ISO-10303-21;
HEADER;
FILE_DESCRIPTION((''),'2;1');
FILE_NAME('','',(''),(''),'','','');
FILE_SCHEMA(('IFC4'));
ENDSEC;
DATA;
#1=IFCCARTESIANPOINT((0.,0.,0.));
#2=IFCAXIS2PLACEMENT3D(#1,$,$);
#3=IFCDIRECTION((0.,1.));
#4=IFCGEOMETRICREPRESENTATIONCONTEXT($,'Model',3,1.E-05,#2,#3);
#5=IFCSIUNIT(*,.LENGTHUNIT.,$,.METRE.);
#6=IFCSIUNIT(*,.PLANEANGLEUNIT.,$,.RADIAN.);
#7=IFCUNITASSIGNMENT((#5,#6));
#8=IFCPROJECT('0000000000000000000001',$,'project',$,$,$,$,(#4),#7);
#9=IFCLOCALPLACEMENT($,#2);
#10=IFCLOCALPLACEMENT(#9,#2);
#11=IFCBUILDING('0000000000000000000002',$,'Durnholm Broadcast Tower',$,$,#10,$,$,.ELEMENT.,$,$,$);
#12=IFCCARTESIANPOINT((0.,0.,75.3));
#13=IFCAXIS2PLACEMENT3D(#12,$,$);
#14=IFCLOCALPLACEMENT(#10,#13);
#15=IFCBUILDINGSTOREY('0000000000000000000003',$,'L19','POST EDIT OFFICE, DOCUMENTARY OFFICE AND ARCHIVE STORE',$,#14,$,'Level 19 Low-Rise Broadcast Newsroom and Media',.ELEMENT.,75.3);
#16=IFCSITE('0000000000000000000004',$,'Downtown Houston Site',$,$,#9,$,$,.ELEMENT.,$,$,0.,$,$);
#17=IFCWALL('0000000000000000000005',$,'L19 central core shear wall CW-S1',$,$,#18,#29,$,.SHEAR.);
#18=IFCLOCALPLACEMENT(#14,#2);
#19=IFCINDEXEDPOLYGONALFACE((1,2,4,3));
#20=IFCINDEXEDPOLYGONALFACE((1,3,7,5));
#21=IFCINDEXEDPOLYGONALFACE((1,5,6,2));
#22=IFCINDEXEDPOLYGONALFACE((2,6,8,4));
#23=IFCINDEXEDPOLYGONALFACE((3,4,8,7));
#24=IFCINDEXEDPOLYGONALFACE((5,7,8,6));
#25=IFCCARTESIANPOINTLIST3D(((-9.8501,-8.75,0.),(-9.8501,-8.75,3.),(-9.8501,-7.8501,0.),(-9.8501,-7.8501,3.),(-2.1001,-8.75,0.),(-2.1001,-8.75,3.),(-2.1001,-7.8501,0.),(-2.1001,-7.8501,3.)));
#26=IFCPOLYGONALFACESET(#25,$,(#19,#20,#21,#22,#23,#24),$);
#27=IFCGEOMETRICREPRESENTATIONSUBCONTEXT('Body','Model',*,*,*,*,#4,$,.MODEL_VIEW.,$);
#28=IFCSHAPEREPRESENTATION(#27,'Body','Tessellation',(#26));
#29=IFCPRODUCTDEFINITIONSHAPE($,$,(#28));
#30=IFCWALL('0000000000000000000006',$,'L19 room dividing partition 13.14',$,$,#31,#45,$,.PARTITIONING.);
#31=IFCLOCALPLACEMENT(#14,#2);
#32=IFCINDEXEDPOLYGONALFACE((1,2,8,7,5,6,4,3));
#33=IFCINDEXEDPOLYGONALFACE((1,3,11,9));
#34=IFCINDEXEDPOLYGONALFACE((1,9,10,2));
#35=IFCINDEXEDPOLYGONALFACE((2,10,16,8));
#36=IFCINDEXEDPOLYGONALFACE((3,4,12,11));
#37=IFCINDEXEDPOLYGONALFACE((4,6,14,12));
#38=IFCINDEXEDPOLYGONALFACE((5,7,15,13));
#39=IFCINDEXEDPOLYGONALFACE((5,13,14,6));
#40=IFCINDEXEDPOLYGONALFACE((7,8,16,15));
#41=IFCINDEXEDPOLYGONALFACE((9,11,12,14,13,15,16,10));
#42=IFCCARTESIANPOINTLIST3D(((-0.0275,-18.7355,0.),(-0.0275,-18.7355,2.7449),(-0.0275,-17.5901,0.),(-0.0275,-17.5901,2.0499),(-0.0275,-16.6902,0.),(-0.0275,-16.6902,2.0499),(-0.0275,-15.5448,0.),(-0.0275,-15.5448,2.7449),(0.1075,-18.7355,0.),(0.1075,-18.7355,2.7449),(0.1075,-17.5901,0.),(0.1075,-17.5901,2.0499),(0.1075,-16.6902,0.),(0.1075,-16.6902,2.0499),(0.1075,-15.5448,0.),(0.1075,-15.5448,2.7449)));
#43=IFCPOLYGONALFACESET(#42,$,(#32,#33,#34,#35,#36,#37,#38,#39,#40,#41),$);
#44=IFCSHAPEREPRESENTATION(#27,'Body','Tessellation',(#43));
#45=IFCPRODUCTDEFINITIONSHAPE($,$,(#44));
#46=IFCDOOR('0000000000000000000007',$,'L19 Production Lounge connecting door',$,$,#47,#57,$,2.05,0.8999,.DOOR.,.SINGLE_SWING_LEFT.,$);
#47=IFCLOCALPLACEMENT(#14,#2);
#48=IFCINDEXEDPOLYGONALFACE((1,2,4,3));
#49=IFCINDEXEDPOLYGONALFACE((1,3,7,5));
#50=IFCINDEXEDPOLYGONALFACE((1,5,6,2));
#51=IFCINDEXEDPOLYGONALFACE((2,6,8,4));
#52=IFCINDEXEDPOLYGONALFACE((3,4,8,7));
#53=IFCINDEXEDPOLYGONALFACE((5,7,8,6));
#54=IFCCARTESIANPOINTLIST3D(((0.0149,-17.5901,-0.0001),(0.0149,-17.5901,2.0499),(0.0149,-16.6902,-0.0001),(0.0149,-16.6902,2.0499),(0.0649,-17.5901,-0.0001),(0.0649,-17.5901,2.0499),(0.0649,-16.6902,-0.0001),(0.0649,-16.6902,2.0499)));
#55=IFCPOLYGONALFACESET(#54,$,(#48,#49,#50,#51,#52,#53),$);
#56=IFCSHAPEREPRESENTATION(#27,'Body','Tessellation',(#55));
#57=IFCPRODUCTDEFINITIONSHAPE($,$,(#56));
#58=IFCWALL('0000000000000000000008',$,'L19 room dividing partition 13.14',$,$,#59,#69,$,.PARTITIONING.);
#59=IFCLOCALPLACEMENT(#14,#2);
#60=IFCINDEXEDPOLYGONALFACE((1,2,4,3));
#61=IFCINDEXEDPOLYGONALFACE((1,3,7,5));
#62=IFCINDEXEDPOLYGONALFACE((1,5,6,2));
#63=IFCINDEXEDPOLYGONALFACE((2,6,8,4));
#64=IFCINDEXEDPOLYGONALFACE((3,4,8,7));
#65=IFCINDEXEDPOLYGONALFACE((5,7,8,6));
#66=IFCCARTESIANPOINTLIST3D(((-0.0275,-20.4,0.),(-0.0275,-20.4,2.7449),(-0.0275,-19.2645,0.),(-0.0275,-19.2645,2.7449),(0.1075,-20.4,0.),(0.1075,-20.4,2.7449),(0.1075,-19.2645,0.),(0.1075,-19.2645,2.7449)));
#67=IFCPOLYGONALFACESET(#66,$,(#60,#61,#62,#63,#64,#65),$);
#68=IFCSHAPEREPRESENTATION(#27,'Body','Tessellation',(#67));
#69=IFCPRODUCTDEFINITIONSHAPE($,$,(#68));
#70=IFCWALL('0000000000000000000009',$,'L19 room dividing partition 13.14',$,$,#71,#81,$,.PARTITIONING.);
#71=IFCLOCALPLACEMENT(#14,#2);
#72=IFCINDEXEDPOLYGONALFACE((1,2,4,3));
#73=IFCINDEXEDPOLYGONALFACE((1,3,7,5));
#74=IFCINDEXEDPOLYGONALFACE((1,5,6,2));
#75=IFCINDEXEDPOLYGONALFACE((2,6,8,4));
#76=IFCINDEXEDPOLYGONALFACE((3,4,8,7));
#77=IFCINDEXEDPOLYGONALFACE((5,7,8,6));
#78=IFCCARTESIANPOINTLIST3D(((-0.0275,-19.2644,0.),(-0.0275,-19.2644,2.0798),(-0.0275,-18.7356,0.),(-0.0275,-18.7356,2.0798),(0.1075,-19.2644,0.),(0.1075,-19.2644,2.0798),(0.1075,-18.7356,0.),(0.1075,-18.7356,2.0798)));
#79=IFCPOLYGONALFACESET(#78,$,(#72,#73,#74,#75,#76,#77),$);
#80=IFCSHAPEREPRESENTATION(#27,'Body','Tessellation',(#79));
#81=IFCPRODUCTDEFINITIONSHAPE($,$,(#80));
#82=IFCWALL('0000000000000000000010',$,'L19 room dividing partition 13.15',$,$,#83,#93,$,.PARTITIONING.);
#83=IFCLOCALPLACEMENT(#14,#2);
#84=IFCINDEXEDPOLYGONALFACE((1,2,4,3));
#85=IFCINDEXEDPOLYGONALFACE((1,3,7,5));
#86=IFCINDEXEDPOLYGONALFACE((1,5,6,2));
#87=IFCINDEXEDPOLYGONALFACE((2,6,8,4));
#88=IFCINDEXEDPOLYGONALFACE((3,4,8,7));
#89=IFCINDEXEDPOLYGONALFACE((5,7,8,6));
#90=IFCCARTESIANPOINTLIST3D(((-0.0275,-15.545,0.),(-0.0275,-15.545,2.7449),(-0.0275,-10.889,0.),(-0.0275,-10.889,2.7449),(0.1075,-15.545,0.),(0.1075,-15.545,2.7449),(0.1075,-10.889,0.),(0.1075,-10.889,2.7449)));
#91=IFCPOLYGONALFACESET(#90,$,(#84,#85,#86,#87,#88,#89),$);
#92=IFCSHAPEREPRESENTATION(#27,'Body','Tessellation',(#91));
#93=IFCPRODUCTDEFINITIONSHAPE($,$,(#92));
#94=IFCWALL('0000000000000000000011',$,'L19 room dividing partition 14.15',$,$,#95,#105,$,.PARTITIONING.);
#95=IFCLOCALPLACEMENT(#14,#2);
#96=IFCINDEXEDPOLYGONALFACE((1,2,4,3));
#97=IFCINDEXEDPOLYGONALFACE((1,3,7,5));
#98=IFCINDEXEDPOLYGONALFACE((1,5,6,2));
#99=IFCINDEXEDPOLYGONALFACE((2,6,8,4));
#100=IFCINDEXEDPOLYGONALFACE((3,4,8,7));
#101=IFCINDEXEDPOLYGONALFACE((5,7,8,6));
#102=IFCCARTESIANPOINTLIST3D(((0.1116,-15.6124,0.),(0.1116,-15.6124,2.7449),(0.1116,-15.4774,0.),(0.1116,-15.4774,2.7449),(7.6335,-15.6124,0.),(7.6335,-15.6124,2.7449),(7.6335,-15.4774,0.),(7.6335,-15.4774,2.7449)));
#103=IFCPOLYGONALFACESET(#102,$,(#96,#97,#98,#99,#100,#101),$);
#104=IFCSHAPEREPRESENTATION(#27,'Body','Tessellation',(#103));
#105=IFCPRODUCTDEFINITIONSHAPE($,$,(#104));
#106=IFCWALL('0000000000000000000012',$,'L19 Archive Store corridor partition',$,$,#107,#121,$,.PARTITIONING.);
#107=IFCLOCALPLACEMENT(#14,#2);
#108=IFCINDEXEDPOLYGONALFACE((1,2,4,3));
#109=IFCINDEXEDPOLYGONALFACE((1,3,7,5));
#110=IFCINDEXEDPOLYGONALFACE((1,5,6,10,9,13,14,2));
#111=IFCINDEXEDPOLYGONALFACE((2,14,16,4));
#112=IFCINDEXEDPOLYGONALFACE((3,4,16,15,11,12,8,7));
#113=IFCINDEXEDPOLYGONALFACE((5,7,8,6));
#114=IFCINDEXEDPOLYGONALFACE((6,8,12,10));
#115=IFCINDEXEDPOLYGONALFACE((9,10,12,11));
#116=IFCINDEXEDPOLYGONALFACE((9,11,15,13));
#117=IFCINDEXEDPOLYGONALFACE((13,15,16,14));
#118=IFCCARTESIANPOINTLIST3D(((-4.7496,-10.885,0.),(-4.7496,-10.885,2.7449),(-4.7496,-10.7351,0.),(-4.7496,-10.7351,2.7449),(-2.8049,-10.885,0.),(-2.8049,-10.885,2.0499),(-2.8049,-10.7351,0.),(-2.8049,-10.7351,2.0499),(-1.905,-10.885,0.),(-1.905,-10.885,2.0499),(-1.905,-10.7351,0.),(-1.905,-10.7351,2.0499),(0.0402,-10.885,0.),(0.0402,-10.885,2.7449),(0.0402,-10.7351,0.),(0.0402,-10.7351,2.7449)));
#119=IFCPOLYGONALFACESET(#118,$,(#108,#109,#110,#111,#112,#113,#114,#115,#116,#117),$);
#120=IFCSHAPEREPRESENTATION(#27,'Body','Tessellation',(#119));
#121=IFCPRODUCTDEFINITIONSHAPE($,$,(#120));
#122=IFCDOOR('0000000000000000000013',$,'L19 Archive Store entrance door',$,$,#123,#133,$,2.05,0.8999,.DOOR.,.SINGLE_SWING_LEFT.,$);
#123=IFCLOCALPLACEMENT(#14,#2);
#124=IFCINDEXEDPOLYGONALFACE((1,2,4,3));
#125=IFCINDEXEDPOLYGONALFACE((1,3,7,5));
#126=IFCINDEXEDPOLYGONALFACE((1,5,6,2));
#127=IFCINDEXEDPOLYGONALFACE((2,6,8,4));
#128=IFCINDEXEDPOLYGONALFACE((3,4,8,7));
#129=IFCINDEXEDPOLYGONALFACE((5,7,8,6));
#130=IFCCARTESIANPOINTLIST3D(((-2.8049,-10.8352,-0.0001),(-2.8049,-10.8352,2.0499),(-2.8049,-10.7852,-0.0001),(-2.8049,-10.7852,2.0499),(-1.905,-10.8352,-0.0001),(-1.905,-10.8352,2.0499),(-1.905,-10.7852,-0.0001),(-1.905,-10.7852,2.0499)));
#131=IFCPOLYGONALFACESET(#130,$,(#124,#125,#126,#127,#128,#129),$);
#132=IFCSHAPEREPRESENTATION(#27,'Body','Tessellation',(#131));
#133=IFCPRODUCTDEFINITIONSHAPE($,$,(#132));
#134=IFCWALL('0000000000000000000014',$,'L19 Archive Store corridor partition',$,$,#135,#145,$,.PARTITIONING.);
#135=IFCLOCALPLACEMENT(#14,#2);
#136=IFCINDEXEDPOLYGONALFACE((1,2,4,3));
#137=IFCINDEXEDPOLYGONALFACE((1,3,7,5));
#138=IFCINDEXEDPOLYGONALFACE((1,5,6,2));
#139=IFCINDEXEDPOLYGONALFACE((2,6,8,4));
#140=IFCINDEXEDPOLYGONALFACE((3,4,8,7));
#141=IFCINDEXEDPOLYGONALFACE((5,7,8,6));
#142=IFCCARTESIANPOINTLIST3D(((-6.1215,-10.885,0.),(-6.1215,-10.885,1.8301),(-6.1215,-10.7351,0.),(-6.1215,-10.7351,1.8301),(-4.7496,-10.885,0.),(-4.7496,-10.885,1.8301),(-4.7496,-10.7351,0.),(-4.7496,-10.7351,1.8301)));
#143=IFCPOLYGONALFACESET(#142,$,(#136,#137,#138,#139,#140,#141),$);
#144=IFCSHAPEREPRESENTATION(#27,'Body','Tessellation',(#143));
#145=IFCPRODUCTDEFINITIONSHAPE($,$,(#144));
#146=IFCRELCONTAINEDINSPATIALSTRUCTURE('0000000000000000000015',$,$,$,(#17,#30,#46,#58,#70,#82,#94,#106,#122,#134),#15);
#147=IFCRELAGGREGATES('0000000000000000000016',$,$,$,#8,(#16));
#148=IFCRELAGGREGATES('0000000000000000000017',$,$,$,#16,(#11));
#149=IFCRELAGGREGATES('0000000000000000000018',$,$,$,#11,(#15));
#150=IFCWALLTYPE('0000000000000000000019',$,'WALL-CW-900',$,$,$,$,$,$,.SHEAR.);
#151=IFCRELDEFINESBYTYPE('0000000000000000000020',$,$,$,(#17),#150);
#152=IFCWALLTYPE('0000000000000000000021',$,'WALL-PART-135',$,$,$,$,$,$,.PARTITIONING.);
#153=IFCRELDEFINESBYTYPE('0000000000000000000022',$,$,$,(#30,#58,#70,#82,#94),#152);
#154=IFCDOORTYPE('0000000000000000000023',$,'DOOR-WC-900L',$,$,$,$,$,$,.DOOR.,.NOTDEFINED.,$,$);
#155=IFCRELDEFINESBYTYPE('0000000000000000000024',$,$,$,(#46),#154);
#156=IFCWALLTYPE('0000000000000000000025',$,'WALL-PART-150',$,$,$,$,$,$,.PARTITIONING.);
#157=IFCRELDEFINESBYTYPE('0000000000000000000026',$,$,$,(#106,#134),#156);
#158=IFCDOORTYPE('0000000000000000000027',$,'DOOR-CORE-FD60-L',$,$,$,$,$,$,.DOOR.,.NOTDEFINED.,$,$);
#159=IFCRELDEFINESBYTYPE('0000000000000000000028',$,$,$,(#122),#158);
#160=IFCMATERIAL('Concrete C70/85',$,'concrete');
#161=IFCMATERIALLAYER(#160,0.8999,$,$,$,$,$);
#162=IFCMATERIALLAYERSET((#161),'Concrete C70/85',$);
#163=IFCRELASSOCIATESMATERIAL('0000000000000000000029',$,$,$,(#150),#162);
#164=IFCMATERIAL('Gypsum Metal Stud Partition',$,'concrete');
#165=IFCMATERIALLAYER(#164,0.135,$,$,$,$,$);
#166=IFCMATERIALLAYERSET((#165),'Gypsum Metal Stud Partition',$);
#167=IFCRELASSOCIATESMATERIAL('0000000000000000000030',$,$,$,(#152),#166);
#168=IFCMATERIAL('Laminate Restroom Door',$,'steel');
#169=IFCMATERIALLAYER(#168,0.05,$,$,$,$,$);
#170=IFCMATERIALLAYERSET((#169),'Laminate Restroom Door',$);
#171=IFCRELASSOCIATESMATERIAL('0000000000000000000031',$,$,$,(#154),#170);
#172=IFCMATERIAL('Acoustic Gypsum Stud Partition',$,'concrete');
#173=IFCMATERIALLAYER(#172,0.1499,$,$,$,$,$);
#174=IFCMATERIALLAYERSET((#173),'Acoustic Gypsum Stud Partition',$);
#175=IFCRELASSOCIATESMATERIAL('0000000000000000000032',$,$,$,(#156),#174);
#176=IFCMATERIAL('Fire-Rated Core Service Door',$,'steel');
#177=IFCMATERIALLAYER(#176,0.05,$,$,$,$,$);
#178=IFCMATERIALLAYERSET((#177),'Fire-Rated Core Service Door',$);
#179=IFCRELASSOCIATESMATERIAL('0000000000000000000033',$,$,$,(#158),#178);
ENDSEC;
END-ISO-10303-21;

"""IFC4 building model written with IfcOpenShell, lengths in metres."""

from ifc_helpers import new_model, si_unit, direction, frame, frame_2d, origin, place, context, subcontext, project, spatial, rectangle, extrude, source, transform, mapped, material, layer, layer_set, type_object, type_shapes, element, fill, save


model = new_model("IFC4")

# Units and contexts
model_context = context("Model", 3, precision=1e-05, world=origin(), true_north=direction((0.0, 1.0)))
body_context = subcontext(model_context, "Body", "Model", "MODEL_VIEW")
ifc_project = project(units=[si_unit("LENGTHUNIT", "METRE"), si_unit("PLANEANGLEUNIT", "RADIAN")], contexts=[model_context])

# Site, building, storey
site_placement = place(None, origin())
site = spatial("IfcSite", under=ifc_project, at=site_placement, Name="Downtown Houston Site", CompositionType="ELEMENT", RefElevation=0.0)
building_placement = place(site_placement, origin())
building = spatial("IfcBuilding", under=site, at=building_placement, Name="Durnholm Broadcast Tower", CompositionType="ELEMENT")
storey_placement = place(building_placement, frame((0.0, 0.0, 75.3)))
storey = spatial("IfcBuildingStorey", under=building, at=storey_placement, Name="L19", Description="POST EDIT OFFICE, DOCUMENTARY OFFICE AND ARCHIVE STORE", LongName="Level 19 Low-Rise Broadcast Newsroom and Media", CompositionType="ELEMENT", Elevation=75.3)

# Shared definitions
ifc_material_1 = material(Name="Concrete C70/85", Category="concrete")

# Wall
ifc_layer_1 = layer(ifc_material_1, 0.8999)
ifc_layer_set_1 = layer_set([ifc_layer_1], Name="Concrete C70/85")
wall_type_1 = type_object("IfcWallType", Name="WALL-CW-900", PredefinedType="SHEAR", material=ifc_layer_set_1)
wall_1_placement = place(storey_placement, frame((-9.8501, -8.3, 0.0), z_axis=(0.0, 0.0, 1.0), x_axis=(1.0, 0.0, 0.0)))
element("IfcWall", 1, at=wall_1_placement, inside=storey, type_object=wall_type_1, Name="L19 central core shear wall CW-S1", PredefinedType="SHEAR", context=body_context, shape_type="SweptSolid", body=[
    extrude(rectangle(XDim=7.75, YDim=0.8999, at=frame_2d((3.875, 0.0))), origin(), (0.0, 0.0, 1.0), 3.0),
])

# Wall, opening, door
ifc_material_2 = material(Name="Gypsum Metal Stud Partition", Category="concrete")
ifc_layer_2 = layer(ifc_material_2, 0.135)
ifc_layer_set_2 = layer_set([ifc_layer_2], Name="Gypsum Metal Stud Partition")
wall_type_2 = type_object("IfcWallType", Name="WALL-PART-135", PredefinedType="PARTITIONING", material=ifc_layer_set_2)
wall_2_placement = place(storey_placement, frame((0.04, -15.5449, 0.0), z_axis=(0.0, 0.0, 1.0), x_axis=(0.0, -1.0, 0.0)))
wall_2 = element("IfcWall", 2, at=wall_2_placement, inside=storey, type_object=wall_type_2, Name="L19 room dividing partition 13.14", PredefinedType="PARTITIONING", context=body_context, shape_type="SweptSolid", body=[
    extrude(rectangle(XDim=3.1907, YDim=0.135, at=frame_2d((1.5952, 0.0))), origin(), (0.0, 0.0, 1.0), 2.7449),
])
opening_1_placement = place(wall_2_placement, frame((1.1453, 0.0, 0.0)))
opening_1 = element("IfcOpeningElement", 3, at=opening_1_placement, cuts=wall_2, PredefinedType="OPENING", context=body_context, shape_type="SweptSolid", body=[
    extrude(rectangle(XDim=0.8999, YDim=2.05, at=frame_2d((0.45, 1.0249))), frame((0.0, 0.0776, 0.0), z_axis=(0.0, -1.0, 0.0), x_axis=(1.0, 0.0, 0.0)), (0.0, 0.0, 1.0), 0.155),
])
ifc_material_3 = material(Name="Laminate Restroom Door", Category="steel")
ifc_layer_3 = layer(ifc_material_3, 0.05)
ifc_layer_set_3 = layer_set([ifc_layer_3], Name="Laminate Restroom Door")
door_type_1 = type_object("IfcDoorType", Name="DOOR-WC-900L", OperationType="NOTDEFINED", PredefinedType="DOOR", material=ifc_layer_set_3)
shared_shape_1 = source(origin(), body_context, "Body", "SweptSolid", [
    extrude(rectangle(XDim=0.8999, YDim=2.05, at=frame_2d((0.45, 1.0249))), frame((0.0, 0.0249, 0.0), z_axis=(0.0, -1.0, 0.0), x_axis=(1.0, 0.0, 0.0)), (0.0, 0.0, 1.0), 0.05),
])
type_shapes(door_type_1, [shared_shape_1])
door_1_placement = place(opening_1_placement, origin())
door_1 = element("IfcDoor", 4, at=door_1_placement, inside=storey, type_object=door_type_1, Name="L19 Production Lounge connecting door", OperationType="SINGLE_SWING_LEFT", OverallHeight=2.05, OverallWidth=0.8999, PredefinedType="DOOR", context=body_context, shape_type="MappedRepresentation", body=[
    mapped(shared_shape_1, transform((0.0, 0.0, 0.0), x_axis=(1.0, 0.0, 0.0), y_axis=(0.0, 1.0, 0.0), z_axis=(0.0, 0.0, 1.0), scale=1.0)),
])
fill(opening_1, door_1)

# Walls
wall_3_placement = place(storey_placement, frame((0.04, -19.2644, 0.0), z_axis=(0.0, 0.0, 1.0), x_axis=(0.0, -1.0, 0.0)))
element("IfcWall", 5, at=wall_3_placement, inside=storey, type_object=wall_type_2, Name="L19 room dividing partition 13.14", PredefinedType="PARTITIONING", context=body_context, shape_type="SweptSolid", body=[
    extrude(rectangle(XDim=1.1355, YDim=0.135, at=frame_2d((0.5679, 0.0))), origin(), (0.0, 0.0, 1.0), 2.7449),
])
wall_4_placement = place(storey_placement, frame((0.04, -18.7356, 0.0), z_axis=(0.0, 0.0, 1.0), x_axis=(0.0, -1.0, 0.0)))
element("IfcWall", 6, at=wall_4_placement, inside=storey, type_object=wall_type_2, Name="L19 room dividing partition 13.14", PredefinedType="PARTITIONING", context=body_context, shape_type="SweptSolid", body=[
    extrude(rectangle(XDim=0.5288, YDim=0.135, at=frame_2d((0.2644, 0.0))), origin(), (0.0, 0.0, 1.0), 2.0798),
])
wall_5_placement = place(storey_placement, frame((0.04, -10.8889, 0.0), z_axis=(0.0, 0.0, 1.0), x_axis=(0.0, -1.0, 0.0)))
element("IfcWall", 7, at=wall_5_placement, inside=storey, type_object=wall_type_2, Name="L19 room dividing partition 13.15", PredefinedType="PARTITIONING", context=body_context, shape_type="SweptSolid", body=[
    extrude(rectangle(XDim=4.656, YDim=0.135, at=frame_2d((2.3281, 0.0))), origin(), (0.0, 0.0, 1.0), 2.7449),
])
wall_6_placement = place(storey_placement, frame((0.1116, -15.5449, 0.0), z_axis=(0.0, 0.0, 1.0), x_axis=(1.0, 0.0, 0.0)))
element("IfcWall", 8, at=wall_6_placement, inside=storey, type_object=wall_type_2, Name="L19 room dividing partition 14.15", PredefinedType="PARTITIONING", context=body_context, shape_type="SweptSolid", body=[
    extrude(rectangle(XDim=7.522, YDim=0.135, at=frame_2d((3.761, 0.0))), origin(), (0.0, 0.0, 1.0), 2.7449),
])

# Wall, opening, door
ifc_material_4 = material(Name="Acoustic Gypsum Stud Partition", Category="concrete")
ifc_layer_4 = layer(ifc_material_4, 0.1499)
ifc_layer_set_4 = layer_set([ifc_layer_4], Name="Acoustic Gypsum Stud Partition")
wall_type_3 = type_object("IfcWallType", Name="WALL-PART-150", PredefinedType="PARTITIONING", material=ifc_layer_set_4)
wall_7_placement = place(storey_placement, frame((-4.7498, -10.8101, 0.0), z_axis=(0.0, 0.0, 1.0), x_axis=(1.0, 0.0, 0.0)))
wall_7 = element("IfcWall", 9, at=wall_7_placement, inside=storey, type_object=wall_type_3, Name="L19 Archive Store corridor partition", PredefinedType="PARTITIONING", context=body_context, shape_type="SweptSolid", body=[
    extrude(rectangle(XDim=4.7898, YDim=0.1499, at=frame_2d((2.395, 0.0))), origin(), (0.0, 0.0, 1.0), 2.7449),
])
opening_2_placement = place(wall_7_placement, frame((1.9448, 0.0, 0.0)))
opening_2 = element("IfcOpeningElement", 10, at=opening_2_placement, cuts=wall_7, PredefinedType="OPENING", context=body_context, shape_type="SweptSolid", body=[
    extrude(rectangle(XDim=0.8999, YDim=2.05, at=frame_2d((0.45, 1.0249))), frame((0.0, 0.085, 0.0), z_axis=(0.0, -1.0, 0.0), x_axis=(1.0, 0.0, 0.0)), (0.0, 0.0, 1.0), 0.1699),
])
ifc_material_5 = material(Name="Fire-Rated Core Service Door", Category="steel")
ifc_layer_5 = layer(ifc_material_5, 0.05)
ifc_layer_set_5 = layer_set([ifc_layer_5], Name="Fire-Rated Core Service Door")
door_type_2 = type_object("IfcDoorType", Name="DOOR-CORE-FD60-L", OperationType="NOTDEFINED", PredefinedType="DOOR", material=ifc_layer_set_5)
shared_shape_2 = source(origin(), body_context, "Body", "SweptSolid", [
    extrude(rectangle(XDim=0.8999, YDim=2.05, at=frame_2d((0.45, 1.0249))), frame((0.0, 0.0249, 0.0), z_axis=(0.0, -1.0, 0.0), x_axis=(1.0, 0.0, 0.0)), (0.0, 0.0, 1.0), 0.05),
])
type_shapes(door_type_2, [shared_shape_2])
door_2_placement = place(opening_2_placement, origin())
door_2 = element("IfcDoor", 11, at=door_2_placement, inside=storey, type_object=door_type_2, Name="L19 Archive Store entrance door", OperationType="SINGLE_SWING_LEFT", OverallHeight=2.05, OverallWidth=0.8999, PredefinedType="DOOR", context=body_context, shape_type="MappedRepresentation", body=[
    mapped(shared_shape_2, transform((0.0, 0.0, 0.0), x_axis=(1.0, 0.0, 0.0), y_axis=(0.0, 1.0, 0.0), z_axis=(0.0, 0.0, 1.0), scale=1.0)),
])
fill(opening_2, door_2)

# Wall
wall_8_placement = place(storey_placement, frame((-6.1216, -10.8101, 0.0), z_axis=(0.0, 0.0, 1.0), x_axis=(1.0, 0.0, 0.0)))
element("IfcWall", 12, at=wall_8_placement, inside=storey, type_object=wall_type_3, Name="L19 Archive Store corridor partition", PredefinedType="PARTITIONING", context=body_context, shape_type="SweptSolid", body=[
    extrude(rectangle(XDim=1.3718, YDim=0.1499, at=frame_2d((0.686, 0.0))), origin(), (0.0, 0.0, 1.0), 1.8301),
])

save(model, "model.ifc")
